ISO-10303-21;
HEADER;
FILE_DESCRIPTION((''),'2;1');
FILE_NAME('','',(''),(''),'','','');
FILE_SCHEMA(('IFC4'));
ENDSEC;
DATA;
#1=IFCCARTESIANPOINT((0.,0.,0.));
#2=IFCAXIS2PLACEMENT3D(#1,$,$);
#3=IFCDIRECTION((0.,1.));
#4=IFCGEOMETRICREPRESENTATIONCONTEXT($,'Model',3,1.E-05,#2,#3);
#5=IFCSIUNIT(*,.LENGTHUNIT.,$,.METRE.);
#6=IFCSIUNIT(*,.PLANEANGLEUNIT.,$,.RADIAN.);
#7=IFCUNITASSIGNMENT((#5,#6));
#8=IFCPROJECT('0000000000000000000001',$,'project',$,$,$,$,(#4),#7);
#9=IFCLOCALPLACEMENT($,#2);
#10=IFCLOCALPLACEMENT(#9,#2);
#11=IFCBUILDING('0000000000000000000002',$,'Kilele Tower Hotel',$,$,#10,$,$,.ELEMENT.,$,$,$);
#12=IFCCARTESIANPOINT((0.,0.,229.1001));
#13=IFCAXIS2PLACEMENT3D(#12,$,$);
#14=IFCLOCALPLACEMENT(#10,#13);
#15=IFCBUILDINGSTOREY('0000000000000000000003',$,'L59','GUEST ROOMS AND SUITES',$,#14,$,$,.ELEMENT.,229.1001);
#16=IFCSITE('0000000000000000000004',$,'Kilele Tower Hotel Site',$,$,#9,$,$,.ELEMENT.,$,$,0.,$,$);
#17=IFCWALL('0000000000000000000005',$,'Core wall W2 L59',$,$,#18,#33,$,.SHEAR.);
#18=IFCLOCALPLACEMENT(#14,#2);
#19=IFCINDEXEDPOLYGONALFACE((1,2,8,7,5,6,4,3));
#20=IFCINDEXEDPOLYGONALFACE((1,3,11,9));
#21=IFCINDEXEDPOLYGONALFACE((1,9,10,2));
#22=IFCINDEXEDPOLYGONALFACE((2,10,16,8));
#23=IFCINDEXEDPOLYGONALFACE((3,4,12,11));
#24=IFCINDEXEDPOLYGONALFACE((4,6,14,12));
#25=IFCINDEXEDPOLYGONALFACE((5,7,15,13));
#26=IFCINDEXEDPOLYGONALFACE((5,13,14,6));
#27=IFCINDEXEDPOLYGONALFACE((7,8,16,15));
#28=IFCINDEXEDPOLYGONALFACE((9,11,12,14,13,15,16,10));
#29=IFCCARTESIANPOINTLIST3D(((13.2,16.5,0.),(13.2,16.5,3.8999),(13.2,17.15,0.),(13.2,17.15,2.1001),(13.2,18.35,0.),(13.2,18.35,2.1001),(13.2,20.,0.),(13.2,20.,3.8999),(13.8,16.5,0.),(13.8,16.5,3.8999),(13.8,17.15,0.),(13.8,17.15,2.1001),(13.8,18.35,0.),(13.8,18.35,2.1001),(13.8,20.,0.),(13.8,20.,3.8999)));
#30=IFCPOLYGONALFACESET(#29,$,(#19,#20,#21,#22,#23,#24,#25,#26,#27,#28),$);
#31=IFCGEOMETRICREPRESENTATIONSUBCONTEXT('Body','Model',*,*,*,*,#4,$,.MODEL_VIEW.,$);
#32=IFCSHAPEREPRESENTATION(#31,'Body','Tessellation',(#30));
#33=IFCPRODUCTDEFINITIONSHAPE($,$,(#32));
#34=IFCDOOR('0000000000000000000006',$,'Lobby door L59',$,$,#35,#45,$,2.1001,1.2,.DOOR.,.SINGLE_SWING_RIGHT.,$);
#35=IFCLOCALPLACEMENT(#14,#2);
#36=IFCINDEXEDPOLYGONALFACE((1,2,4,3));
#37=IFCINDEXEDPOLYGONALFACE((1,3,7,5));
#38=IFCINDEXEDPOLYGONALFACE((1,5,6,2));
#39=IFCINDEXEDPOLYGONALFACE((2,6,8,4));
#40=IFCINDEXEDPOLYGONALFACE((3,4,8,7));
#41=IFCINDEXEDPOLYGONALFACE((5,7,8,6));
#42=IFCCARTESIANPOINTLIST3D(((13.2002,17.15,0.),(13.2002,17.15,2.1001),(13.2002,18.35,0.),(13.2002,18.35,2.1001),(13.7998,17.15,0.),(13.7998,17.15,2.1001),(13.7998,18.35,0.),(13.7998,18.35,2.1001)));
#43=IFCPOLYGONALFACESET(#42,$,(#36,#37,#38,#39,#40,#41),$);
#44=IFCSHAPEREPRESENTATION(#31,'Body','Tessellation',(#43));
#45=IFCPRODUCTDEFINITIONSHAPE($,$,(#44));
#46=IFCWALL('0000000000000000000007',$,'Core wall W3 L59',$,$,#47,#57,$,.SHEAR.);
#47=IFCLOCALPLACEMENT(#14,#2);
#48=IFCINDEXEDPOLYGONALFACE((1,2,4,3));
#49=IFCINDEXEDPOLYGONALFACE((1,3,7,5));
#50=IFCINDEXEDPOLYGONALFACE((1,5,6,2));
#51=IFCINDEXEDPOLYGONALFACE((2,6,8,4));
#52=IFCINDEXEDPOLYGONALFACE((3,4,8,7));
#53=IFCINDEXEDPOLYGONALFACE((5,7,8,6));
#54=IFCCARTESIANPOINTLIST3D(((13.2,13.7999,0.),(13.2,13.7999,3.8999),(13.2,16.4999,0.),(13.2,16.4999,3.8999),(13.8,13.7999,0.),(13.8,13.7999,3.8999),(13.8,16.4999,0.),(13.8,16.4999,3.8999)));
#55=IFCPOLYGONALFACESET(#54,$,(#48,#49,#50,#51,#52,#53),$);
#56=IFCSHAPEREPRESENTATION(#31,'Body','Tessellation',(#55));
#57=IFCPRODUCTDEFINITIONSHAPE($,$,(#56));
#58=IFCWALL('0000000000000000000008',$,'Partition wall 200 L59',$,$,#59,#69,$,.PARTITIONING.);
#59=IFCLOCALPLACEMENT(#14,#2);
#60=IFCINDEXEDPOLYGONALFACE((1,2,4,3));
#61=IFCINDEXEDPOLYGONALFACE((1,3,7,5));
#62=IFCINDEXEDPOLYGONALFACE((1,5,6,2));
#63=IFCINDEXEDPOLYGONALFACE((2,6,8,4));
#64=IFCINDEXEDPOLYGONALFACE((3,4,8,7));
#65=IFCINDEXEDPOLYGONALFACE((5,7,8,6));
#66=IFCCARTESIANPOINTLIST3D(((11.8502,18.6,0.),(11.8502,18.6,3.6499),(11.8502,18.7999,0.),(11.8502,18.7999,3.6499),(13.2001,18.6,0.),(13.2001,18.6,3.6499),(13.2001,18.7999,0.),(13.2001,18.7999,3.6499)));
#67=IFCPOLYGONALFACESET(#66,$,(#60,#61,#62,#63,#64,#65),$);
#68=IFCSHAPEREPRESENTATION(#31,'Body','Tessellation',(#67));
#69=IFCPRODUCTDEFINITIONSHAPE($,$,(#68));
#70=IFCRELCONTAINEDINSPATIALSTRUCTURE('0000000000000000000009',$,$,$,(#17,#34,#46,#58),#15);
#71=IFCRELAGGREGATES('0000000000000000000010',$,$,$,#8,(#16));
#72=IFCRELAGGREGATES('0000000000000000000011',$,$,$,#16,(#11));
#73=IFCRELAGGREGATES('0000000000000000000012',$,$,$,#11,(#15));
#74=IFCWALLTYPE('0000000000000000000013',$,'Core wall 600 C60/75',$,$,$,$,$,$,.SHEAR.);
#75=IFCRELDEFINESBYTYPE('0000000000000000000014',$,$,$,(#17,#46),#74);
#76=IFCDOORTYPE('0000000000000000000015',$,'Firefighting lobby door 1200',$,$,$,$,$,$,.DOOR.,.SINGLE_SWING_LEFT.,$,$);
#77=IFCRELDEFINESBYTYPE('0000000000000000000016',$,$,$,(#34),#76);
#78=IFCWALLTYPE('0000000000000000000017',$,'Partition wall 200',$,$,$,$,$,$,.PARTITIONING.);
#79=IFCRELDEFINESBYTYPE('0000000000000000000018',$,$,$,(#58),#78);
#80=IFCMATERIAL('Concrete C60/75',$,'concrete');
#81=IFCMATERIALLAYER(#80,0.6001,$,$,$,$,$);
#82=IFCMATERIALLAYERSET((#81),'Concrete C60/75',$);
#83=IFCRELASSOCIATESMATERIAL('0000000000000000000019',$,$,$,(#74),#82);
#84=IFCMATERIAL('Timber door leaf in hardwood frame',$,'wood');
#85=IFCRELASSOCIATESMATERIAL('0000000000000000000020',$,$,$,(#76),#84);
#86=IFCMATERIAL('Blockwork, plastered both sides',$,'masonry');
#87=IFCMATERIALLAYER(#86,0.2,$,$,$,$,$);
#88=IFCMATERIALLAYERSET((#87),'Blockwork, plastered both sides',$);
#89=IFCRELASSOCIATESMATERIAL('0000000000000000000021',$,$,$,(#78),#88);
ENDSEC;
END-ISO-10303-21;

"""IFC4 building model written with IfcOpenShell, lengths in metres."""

from ifc_helpers import new_model, si_unit, direction, frame, frame_2d, origin, place, context, subcontext, project, spatial, rectangle, extrude, material, layer, layer_set, type_object, element, fill, save


model = new_model("IFC4")

# Units and contexts
model_context = context("Model", 3, precision=1e-05, world=origin(), true_north=direction((0.0, 1.0)))
body_context = subcontext(model_context, "Body", "Model", "MODEL_VIEW")
ifc_project = project(units=[si_unit("LENGTHUNIT", "METRE"), si_unit("PLANEANGLEUNIT", "RADIAN")], contexts=[model_context])

# Site, building, storey
site_placement = place(None, origin())
site = spatial("IfcSite", under=ifc_project, at=site_placement, Name="Kilele Tower Hotel Site", CompositionType="ELEMENT", RefElevation=0.0)
building_placement = place(site_placement, origin())
building = spatial("IfcBuilding", under=site, at=building_placement, Name="Kilele Tower Hotel", CompositionType="ELEMENT")
storey_placement = place(building_placement, frame((0.0, 0.0, 229.1001)))
storey = spatial("IfcBuildingStorey", under=building, at=storey_placement, Name="L59", Description="GUEST ROOMS AND SUITES", CompositionType="ELEMENT", Elevation=229.1001)

# Shared definitions
ifc_material_1 = material(Name="Concrete C60/75", Category="concrete")
ifc_layer_1 = layer(ifc_material_1, 0.6001)
ifc_layer_set_1 = layer_set([ifc_layer_1], Name="Concrete C60/75")
wall_type_1 = type_object("IfcWallType", Name="Core wall 600 C60/75", PredefinedType="SHEAR", material=ifc_layer_set_1)
ifc_material_2 = material(Name="Timber door leaf in hardwood frame", Category="wood")
door_type_1 = type_object("IfcDoorType", Name="Firefighting lobby door 1200", OperationType="SINGLE_SWING_LEFT", PredefinedType="DOOR", material=ifc_material_2)

# Wall, opening, door
wall_1_placement = place(storey_placement, frame((13.5, 20.0, 0.0), z_axis=(0.0, 0.0, 1.0), x_axis=(0.0, -1.0, 0.0)))
wall_1 = element("IfcWall", 1, at=wall_1_placement, inside=storey, type_object=wall_type_1, Name="Core wall W2 L59", PredefinedType="SHEAR", context=body_context, shape_type="SweptSolid", body=[
    extrude(rectangle(XDim=3.5, YDim=0.6001, at=frame_2d((1.75, 0.0))), origin(), (0.0, 0.0, 1.0), 3.8999),
])
opening_1_placement = place(wall_1_placement, frame((1.6499, 0.0, 0.0)))
opening_1 = element("IfcOpeningElement", 2, at=opening_1_placement, cuts=wall_1, PredefinedType="OPENING", context=body_context, shape_type="SweptSolid", body=[
    extrude(rectangle(XDim=1.2, YDim=2.1001, at=frame_2d((0.6001, 1.05))), frame((0.0, 0.3101, 0.0), z_axis=(0.0, -1.0, 0.0), x_axis=(1.0, 0.0, 0.0)), (0.0, 0.0, 1.0), 0.6201),
])
door_1_placement = place(opening_1_placement, origin())
door_1 = element("IfcDoor", 3, at=door_1_placement, inside=storey, type_object=door_type_1, Name="Lobby door L59", OperationType="SINGLE_SWING_RIGHT", OverallHeight=2.1001, OverallWidth=1.2, PredefinedType="DOOR", context=body_context, shape_type="SweptSolid", body=[
    extrude(rectangle(XDim=1.2, YDim=2.1001, at=frame_2d((0.6001, 1.05))), frame((0.0, 0.2998, 0.0), z_axis=(0.0, -1.0, 0.0), x_axis=(1.0, 0.0, 0.0)), (0.0, 0.0, 1.0), 0.5996),
])
fill(opening_1, door_1)

# Walls
wall_2_placement = place(storey_placement, frame((13.5, 16.5, 0.0), z_axis=(0.0, 0.0, 1.0), x_axis=(0.0, -1.0, 0.0)))
element("IfcWall", 4, at=wall_2_placement, inside=storey, type_object=wall_type_1, Name="Core wall W3 L59", PredefinedType="SHEAR", context=body_context, shape_type="SweptSolid", body=[
    extrude(rectangle(XDim=2.7, YDim=0.6001, at=frame_2d((1.3501, 0.0))), origin(), (0.0, 0.0, 1.0), 3.8999),
])
ifc_material_3 = material(Name="Blockwork, plastered both sides", Category="masonry")
ifc_layer_2 = layer(ifc_material_3, 0.2)
ifc_layer_set_2 = layer_set([ifc_layer_2], Name="Blockwork, plastered both sides")
wall_type_2 = type_object("IfcWallType", Name="Partition wall 200", PredefinedType="PARTITIONING", material=ifc_layer_set_2)
wall_3_placement = place(storey_placement, frame((13.2, 18.7, 0.0), z_axis=(0.0, 0.0, 1.0), x_axis=(-1.0, 0.0, 0.0)))
element("IfcWall", 5, at=wall_3_placement, inside=storey, type_object=wall_type_2, Name="Partition wall 200 L59", PredefinedType="PARTITIONING", context=body_context, shape_type="SweptSolid", body=[
    extrude(rectangle(XDim=1.3499, YDim=0.2, at=frame_2d((0.6748, 0.0))), origin(), (0.0, 0.0, 1.0), 3.6499),
])

save(model, "model.ifc")
